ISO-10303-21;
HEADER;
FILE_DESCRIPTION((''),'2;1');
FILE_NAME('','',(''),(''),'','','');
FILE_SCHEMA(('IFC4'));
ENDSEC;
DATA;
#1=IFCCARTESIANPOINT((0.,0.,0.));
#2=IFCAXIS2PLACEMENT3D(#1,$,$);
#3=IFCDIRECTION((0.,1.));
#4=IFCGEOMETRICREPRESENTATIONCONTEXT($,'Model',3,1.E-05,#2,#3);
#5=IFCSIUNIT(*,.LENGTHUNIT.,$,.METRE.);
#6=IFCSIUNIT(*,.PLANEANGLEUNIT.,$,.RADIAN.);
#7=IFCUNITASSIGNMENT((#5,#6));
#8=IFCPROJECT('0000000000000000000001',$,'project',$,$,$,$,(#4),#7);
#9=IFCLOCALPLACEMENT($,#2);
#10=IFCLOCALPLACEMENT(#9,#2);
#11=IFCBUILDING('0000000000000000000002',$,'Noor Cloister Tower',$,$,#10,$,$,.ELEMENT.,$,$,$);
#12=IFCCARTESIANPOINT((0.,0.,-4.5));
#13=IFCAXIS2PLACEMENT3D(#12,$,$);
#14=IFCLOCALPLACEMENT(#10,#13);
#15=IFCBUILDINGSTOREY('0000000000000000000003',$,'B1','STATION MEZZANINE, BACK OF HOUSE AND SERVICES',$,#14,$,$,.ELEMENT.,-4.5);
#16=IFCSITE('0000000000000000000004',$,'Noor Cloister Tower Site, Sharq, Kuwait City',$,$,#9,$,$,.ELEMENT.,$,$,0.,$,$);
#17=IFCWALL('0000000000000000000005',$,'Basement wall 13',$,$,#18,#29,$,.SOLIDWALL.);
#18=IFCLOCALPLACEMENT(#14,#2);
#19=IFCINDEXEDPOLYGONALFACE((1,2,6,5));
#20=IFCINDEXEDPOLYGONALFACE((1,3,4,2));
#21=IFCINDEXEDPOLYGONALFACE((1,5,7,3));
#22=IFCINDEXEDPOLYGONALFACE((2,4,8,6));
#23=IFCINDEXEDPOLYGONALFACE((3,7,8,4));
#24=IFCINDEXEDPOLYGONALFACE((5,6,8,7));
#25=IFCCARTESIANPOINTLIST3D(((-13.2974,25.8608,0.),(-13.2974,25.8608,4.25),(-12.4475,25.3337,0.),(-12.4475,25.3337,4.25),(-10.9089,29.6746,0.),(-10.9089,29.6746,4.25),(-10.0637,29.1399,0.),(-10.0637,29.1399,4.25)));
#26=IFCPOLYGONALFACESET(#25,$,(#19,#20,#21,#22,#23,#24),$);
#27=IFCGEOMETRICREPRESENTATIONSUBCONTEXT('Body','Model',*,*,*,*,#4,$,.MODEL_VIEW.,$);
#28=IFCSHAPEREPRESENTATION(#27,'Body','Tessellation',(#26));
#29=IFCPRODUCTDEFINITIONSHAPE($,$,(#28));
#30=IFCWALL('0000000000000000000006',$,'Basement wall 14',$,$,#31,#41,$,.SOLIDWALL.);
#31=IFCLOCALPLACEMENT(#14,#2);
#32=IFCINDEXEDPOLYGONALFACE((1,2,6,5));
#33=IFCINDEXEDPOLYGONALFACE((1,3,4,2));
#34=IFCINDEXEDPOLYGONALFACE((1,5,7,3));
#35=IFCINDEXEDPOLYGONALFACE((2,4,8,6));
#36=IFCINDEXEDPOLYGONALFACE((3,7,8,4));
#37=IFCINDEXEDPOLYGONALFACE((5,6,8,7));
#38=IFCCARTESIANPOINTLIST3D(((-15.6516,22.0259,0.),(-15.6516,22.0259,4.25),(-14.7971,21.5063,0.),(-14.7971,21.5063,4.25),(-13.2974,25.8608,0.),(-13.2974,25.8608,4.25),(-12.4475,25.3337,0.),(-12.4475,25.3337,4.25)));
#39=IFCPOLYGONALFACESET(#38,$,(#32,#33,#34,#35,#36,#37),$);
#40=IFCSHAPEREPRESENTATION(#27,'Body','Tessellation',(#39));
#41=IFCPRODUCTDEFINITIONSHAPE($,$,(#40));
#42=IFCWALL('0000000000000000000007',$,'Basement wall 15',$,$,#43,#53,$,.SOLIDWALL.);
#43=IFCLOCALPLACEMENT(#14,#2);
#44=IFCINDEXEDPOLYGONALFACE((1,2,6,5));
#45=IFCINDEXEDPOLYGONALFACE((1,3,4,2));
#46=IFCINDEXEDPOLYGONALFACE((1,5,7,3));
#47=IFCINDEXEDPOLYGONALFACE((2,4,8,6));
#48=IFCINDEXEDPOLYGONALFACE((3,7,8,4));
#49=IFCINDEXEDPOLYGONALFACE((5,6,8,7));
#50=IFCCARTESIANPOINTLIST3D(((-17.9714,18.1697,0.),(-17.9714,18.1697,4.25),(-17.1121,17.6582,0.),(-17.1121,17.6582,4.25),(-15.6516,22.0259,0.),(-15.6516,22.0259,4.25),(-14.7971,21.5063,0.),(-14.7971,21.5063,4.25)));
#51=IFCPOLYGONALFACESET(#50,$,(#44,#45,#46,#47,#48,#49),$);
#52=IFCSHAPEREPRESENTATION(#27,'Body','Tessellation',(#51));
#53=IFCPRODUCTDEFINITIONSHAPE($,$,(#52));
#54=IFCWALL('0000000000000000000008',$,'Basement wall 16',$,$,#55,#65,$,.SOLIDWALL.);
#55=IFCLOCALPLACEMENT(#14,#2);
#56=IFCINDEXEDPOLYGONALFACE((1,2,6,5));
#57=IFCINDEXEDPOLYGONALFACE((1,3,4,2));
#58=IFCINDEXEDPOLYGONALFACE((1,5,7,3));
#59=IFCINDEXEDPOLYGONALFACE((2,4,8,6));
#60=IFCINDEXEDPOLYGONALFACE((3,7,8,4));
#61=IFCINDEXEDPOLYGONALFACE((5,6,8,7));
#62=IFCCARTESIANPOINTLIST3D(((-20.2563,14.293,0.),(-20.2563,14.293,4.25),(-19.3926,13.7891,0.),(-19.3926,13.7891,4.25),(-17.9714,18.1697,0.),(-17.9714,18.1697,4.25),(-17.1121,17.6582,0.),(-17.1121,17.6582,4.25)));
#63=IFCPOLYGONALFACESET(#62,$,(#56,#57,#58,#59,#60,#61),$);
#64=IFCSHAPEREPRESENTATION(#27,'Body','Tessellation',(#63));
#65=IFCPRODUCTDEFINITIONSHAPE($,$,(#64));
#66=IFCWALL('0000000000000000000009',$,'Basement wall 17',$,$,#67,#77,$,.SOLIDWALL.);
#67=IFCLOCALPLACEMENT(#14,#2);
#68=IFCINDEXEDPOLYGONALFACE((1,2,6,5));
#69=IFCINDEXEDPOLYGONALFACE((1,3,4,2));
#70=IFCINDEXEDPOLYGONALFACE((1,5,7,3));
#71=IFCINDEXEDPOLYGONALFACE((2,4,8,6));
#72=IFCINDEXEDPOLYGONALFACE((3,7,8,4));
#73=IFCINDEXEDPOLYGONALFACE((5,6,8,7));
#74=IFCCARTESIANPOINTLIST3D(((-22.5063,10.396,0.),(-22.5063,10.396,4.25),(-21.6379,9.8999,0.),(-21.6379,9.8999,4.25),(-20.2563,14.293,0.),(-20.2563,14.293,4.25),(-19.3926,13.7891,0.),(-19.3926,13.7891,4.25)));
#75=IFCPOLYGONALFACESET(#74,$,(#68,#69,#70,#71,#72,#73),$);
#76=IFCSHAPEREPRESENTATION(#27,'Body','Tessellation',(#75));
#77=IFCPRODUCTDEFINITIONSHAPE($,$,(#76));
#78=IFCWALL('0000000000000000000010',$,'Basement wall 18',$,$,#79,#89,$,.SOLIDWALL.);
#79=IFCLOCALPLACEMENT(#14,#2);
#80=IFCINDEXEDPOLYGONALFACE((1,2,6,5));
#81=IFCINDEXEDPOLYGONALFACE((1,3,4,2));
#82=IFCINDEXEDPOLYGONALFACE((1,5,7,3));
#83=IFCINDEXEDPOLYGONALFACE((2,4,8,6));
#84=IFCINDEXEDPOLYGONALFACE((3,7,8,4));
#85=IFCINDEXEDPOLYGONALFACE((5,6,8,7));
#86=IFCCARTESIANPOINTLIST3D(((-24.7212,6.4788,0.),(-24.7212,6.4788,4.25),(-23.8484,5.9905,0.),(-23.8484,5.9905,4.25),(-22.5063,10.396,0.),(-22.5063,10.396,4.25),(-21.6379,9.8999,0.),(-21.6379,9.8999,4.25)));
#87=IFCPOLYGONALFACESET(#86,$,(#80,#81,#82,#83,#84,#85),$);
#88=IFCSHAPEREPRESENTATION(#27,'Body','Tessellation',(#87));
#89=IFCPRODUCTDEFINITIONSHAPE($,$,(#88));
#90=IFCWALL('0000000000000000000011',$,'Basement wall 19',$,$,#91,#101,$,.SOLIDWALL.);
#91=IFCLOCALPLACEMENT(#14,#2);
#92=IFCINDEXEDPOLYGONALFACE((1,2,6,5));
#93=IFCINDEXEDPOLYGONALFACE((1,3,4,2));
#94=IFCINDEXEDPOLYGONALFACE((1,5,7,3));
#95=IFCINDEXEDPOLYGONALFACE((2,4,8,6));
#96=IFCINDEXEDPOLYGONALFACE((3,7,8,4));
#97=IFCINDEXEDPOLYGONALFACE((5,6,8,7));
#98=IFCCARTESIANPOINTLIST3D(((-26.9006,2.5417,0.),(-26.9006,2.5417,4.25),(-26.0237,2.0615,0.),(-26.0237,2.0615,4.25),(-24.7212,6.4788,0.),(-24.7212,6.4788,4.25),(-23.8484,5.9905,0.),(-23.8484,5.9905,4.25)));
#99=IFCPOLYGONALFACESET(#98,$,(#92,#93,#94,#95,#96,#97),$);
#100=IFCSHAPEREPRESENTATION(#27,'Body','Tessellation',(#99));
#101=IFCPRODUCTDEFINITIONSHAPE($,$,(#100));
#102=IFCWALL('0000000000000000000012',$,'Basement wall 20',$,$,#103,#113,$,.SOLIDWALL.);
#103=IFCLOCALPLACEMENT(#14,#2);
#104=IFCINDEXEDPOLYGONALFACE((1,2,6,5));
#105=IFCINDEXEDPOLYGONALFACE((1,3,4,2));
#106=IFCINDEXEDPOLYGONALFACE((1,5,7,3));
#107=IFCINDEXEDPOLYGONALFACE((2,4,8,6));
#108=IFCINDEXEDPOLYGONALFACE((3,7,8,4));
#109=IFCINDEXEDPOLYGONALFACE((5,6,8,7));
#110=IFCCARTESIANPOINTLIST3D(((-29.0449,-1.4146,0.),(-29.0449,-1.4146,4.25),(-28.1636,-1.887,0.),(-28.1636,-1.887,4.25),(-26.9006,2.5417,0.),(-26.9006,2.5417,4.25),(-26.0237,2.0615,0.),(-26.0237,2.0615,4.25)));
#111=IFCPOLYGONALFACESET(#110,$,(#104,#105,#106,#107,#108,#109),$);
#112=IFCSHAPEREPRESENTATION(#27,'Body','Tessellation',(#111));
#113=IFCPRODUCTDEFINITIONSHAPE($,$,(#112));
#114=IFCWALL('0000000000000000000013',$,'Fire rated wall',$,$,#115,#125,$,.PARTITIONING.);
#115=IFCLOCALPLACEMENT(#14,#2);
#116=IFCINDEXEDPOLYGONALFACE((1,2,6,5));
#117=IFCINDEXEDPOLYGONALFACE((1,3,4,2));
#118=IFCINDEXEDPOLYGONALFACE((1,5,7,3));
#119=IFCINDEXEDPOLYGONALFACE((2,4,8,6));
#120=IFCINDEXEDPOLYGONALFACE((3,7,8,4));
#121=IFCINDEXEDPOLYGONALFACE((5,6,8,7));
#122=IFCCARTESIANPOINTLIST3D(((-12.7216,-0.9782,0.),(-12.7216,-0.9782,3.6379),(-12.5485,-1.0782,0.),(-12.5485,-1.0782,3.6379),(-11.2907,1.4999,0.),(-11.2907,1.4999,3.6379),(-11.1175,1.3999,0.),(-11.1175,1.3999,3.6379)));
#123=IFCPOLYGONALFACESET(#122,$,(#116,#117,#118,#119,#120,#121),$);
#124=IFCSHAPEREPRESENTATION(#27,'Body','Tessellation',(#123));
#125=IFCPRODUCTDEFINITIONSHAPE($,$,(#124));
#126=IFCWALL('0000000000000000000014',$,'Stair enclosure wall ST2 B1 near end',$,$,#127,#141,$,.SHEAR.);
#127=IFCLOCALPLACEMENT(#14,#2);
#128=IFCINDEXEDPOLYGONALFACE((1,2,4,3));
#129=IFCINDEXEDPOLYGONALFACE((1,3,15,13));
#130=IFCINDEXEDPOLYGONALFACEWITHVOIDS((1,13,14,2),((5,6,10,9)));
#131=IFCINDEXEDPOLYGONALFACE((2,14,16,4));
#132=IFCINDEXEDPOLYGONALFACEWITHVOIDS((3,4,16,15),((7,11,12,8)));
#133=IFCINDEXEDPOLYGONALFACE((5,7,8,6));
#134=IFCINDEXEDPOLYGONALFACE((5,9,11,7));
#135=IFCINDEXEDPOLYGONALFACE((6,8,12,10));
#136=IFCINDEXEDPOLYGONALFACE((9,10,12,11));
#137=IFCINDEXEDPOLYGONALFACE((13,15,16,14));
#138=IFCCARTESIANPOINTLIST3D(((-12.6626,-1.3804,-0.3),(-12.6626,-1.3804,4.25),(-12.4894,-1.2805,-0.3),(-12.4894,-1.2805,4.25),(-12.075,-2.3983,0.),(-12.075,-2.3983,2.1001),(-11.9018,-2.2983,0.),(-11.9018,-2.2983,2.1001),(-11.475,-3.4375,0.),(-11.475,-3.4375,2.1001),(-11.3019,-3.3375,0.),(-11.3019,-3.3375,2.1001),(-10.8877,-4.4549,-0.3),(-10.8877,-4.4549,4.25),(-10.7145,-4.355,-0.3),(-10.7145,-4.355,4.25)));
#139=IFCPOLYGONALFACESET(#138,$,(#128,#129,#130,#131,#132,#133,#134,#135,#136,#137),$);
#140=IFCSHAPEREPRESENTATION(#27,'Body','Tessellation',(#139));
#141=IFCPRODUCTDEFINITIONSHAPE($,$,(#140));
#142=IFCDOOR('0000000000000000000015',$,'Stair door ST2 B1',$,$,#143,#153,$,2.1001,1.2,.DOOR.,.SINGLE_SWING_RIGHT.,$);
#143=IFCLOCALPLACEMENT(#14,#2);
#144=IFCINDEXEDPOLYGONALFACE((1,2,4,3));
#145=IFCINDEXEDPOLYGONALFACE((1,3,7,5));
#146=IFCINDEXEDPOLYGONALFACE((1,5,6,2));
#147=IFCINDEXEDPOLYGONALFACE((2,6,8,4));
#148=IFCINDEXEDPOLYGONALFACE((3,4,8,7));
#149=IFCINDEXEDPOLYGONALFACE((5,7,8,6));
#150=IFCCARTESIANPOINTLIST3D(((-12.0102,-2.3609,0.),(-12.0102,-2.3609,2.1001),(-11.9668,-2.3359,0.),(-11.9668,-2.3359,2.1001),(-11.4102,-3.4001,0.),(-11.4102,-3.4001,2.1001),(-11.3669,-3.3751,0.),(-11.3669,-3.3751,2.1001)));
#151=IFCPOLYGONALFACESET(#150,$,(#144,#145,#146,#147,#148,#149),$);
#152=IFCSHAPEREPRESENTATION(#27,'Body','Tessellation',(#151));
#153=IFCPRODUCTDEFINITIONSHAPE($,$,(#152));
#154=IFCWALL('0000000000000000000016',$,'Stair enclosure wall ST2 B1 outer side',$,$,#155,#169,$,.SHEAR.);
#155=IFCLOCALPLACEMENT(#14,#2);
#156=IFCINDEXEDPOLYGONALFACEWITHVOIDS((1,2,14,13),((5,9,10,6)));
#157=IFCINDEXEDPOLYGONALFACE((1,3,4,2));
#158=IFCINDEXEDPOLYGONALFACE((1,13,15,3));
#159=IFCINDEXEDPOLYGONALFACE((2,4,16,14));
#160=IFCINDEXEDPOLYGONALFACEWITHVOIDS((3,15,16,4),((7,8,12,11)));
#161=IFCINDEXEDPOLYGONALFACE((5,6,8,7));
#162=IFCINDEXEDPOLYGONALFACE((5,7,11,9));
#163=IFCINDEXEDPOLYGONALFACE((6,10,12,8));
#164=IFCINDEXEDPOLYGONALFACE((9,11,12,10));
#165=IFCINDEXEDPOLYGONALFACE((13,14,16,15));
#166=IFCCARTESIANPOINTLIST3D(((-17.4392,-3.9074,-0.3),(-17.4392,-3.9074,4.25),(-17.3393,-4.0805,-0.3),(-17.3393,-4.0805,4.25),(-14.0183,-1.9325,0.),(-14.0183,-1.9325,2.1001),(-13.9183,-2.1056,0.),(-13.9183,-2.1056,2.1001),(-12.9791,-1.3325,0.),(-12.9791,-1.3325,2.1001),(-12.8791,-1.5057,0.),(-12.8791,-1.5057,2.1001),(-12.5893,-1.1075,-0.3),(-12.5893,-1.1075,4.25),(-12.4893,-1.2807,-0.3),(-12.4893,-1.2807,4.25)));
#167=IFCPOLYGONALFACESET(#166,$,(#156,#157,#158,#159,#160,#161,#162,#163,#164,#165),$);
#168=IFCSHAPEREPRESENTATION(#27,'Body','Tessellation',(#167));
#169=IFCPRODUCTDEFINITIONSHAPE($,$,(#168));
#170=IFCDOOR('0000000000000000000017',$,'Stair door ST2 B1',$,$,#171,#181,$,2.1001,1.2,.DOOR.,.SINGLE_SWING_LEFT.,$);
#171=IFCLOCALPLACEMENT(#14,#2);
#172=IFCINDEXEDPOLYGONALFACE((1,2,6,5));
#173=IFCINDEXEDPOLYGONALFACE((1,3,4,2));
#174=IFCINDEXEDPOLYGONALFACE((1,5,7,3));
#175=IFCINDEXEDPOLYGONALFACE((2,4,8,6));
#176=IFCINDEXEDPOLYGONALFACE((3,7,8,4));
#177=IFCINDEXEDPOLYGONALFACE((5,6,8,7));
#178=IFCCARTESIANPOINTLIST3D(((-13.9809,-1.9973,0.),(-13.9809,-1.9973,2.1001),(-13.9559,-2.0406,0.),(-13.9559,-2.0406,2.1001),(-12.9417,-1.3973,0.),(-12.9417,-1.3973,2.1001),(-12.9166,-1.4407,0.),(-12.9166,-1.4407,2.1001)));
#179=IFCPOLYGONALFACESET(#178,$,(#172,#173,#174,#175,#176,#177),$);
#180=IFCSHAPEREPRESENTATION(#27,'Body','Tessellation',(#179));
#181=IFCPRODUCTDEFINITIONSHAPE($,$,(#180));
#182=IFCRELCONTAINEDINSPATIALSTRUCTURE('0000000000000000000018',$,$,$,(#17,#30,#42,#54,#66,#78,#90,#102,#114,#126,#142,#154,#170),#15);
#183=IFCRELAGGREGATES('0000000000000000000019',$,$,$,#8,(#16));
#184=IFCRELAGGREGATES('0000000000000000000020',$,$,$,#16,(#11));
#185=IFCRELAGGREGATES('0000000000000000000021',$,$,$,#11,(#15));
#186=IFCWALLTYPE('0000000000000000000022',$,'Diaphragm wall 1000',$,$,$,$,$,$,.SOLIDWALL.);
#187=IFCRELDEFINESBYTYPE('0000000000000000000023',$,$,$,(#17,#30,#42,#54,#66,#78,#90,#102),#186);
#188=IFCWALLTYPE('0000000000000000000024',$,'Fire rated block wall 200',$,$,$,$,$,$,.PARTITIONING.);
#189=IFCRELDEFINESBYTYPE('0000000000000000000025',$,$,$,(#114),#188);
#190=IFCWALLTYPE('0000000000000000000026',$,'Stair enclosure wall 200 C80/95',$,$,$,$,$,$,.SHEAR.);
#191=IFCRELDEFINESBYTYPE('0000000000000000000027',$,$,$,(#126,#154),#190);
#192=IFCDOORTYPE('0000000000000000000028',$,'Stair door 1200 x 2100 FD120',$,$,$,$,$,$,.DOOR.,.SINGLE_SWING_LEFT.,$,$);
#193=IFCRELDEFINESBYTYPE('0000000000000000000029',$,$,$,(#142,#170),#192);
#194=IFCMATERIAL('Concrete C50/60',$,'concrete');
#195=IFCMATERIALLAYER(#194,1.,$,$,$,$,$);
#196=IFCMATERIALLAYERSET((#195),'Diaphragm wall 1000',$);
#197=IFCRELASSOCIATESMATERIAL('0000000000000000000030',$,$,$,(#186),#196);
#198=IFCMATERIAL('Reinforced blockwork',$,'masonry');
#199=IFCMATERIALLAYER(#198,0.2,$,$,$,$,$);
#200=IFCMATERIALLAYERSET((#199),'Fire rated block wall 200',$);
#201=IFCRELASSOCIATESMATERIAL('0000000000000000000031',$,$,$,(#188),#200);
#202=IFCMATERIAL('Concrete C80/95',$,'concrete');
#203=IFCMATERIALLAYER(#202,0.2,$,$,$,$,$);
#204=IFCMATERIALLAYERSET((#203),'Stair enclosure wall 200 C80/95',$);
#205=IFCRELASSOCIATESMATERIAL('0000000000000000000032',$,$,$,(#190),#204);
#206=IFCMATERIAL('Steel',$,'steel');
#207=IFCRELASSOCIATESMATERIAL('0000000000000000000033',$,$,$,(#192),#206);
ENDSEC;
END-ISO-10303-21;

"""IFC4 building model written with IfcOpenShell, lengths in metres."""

from ifc_helpers import new_model, si_unit, direction, frame, frame_2d, origin, place, context, subcontext, project, spatial, polyline, rectangle, outline, extrude, material, layer, layer_set, type_object, element, fill, save


model = new_model("IFC4")

# Units and contexts
model_context = context("Model", 3, precision=1e-05, world=origin(), true_north=direction((0.0, 1.0)))
body_context = subcontext(model_context, "Body", "Model", "MODEL_VIEW")
ifc_project = project(units=[si_unit("LENGTHUNIT", "METRE"), si_unit("PLANEANGLEUNIT", "RADIAN")], contexts=[model_context])

# Site, building, storey
site_placement = place(None, origin())
site = spatial("IfcSite", under=ifc_project, at=site_placement, Name="Noor Cloister Tower Site, Sharq, Kuwait City", CompositionType="ELEMENT", RefElevation=0.0)
building_placement = place(site_placement, origin())
building = spatial("IfcBuilding", under=site, at=building_placement, Name="Noor Cloister Tower", CompositionType="ELEMENT")
storey_placement = place(building_placement, frame((0.0, 0.0, -4.5)))
storey = spatial("IfcBuildingStorey", under=building, at=storey_placement, Name="B1", Description="STATION MEZZANINE, BACK OF HOUSE AND SERVICES", CompositionType="ELEMENT", Elevation=-4.5)

# Walls
ifc_material_1 = material(Name="Concrete C50/60", Category="concrete")
ifc_layer_1 = layer(ifc_material_1, 1.0)
ifc_layer_set_1 = layer_set([ifc_layer_1], Name="Diaphragm wall 1000")
wall_type_1 = type_object("IfcWallType", Name="Diaphragm wall 1000", PredefinedType="SOLIDWALL", material=ifc_layer_set_1)
wall_1_placement = place(storey_placement, origin())
element("IfcWall", 1, at=wall_1_placement, inside=storey, type_object=wall_type_1, Name="Basement wall 13", PredefinedType="SOLIDWALL", context=body_context, shape_type="SweptSolid", body=[
    extrude(outline(polyline([(-10.9089, 29.6746), (-13.2974, 25.8608), (-12.4475, 25.3337), (-10.0637, 29.1399), (-10.9089, 29.6746)])), origin(), (0.0, 0.0, 1.0), 4.25),
])
wall_2_placement = place(storey_placement, origin())
element("IfcWall", 2, at=wall_2_placement, inside=storey, type_object=wall_type_1, Name="Basement wall 14", PredefinedType="SOLIDWALL", context=body_context, shape_type="SweptSolid", body=[
    extrude(outline(polyline([(-13.2974, 25.8608), (-15.6516, 22.0259), (-14.7971, 21.5063), (-12.4475, 25.3337), (-13.2974, 25.8608)])), origin(), (0.0, 0.0, 1.0), 4.25),
])
wall_3_placement = place(storey_placement, origin())
element("IfcWall", 3, at=wall_3_placement, inside=storey, type_object=wall_type_1, Name="Basement wall 15", PredefinedType="SOLIDWALL", context=body_context, shape_type="SweptSolid", body=[
    extrude(outline(polyline([(-15.6516, 22.0259), (-17.9714, 18.1697), (-17.1121, 17.6582), (-14.7971, 21.5063), (-15.6516, 22.0259)])), origin(), (0.0, 0.0, 1.0), 4.25),
])
wall_4_placement = place(storey_placement, origin())
element("IfcWall", 4, at=wall_4_placement, inside=storey, type_object=wall_type_1, Name="Basement wall 16", PredefinedType="SOLIDWALL", context=body_context, shape_type="SweptSolid", body=[
    extrude(outline(polyline([(-17.9714, 18.1697), (-20.2563, 14.293), (-19.3926, 13.7891), (-17.1121, 17.6582), (-17.9714, 18.1697)])), origin(), (0.0, 0.0, 1.0), 4.25),
])
wall_5_placement = place(storey_placement, origin())
element("IfcWall", 5, at=wall_5_placement, inside=storey, type_object=wall_type_1, Name="Basement wall 17", PredefinedType="SOLIDWALL", context=body_context, shape_type="SweptSolid", body=[
    extrude(outline(polyline([(-20.2563, 14.293), (-22.5063, 10.396), (-21.6379, 9.8999), (-19.3926, 13.7891), (-20.2563, 14.293)])), origin(), (0.0, 0.0, 1.0), 4.25),
])
wall_6_placement = place(storey_placement, origin())
element("IfcWall", 6, at=wall_6_placement, inside=storey, type_object=wall_type_1, Name="Basement wall 18", PredefinedType="SOLIDWALL", context=body_context, shape_type="SweptSolid", body=[
    extrude(outline(polyline([(-22.5063, 10.396), (-24.7212, 6.4788), (-23.8484, 5.9905), (-21.6379, 9.8999), (-22.5063, 10.396)])), origin(), (0.0, 0.0, 1.0), 4.25),
])
wall_7_placement = place(storey_placement, origin())
element("IfcWall", 7, at=wall_7_placement, inside=storey, type_object=wall_type_1, Name="Basement wall 19", PredefinedType="SOLIDWALL", context=body_context, shape_type="SweptSolid", body=[
    extrude(outline(polyline([(-24.7212, 6.4788), (-26.9006, 2.5417), (-26.0237, 2.0615), (-23.8484, 5.9905), (-24.7212, 6.4788)])), origin(), (0.0, 0.0, 1.0), 4.25),
])
wall_8_placement = place(storey_placement, origin())
element("IfcWall", 8, at=wall_8_placement, inside=storey, type_object=wall_type_1, Name="Basement wall 20", PredefinedType="SOLIDWALL", context=body_context, shape_type="SweptSolid", body=[
    extrude(outline(polyline([(-26.9006, 2.5417), (-29.0449, -1.4146), (-28.1636, -1.887), (-26.0237, 2.0615), (-26.9006, 2.5417)])), origin(), (0.0, 0.0, 1.0), 4.25),
])
ifc_material_2 = material(Name="Reinforced blockwork", Category="masonry")
ifc_layer_2 = layer(ifc_material_2, 0.2)
ifc_layer_set_2 = layer_set([ifc_layer_2], Name="Fire rated block wall 200")
wall_type_2 = type_object("IfcWallType", Name="Fire rated block wall 200", PredefinedType="PARTITIONING", material=ifc_layer_set_2)
wall_9_placement = place(storey_placement, frame((-12.635, -1.0281, 0.0), z_axis=(0.0, 0.0, 1.0), x_axis=(0.500057, 0.865992, 0.0)))
element("IfcWall", 9, at=wall_9_placement, inside=storey, type_object=wall_type_2, Name="Fire rated wall", PredefinedType="PARTITIONING", context=body_context, shape_type="SweptSolid", body=[
    extrude(rectangle(XDim=2.8616, YDim=0.2, at=frame_2d((1.4307, 0.0))), origin(), (0.0, 0.0, 1.0), 3.6379),
])

# Walls, openings, doors
ifc_material_3 = material(Name="Concrete C80/95", Category="concrete")
ifc_layer_3 = layer(ifc_material_3, 0.2)
ifc_layer_set_3 = layer_set([ifc_layer_3], Name="Stair enclosure wall 200 C80/95")
wall_type_3 = type_object("IfcWallType", Name="Stair enclosure wall 200 C80/95", PredefinedType="SHEAR", material=ifc_layer_set_3)
wall_10_placement = place(storey_placement, frame((-12.5759, -1.3306, -0.3), z_axis=(0.0, 0.0, 1.0), x_axis=(0.49997, -0.866042, 0.0)))
wall_10 = element("IfcWall", 10, at=wall_10_placement, inside=storey, type_object=wall_type_3, Name="Stair enclosure wall ST2 B1 near end", PredefinedType="SHEAR", context=body_context, shape_type="SweptSolid", body=[
    extrude(rectangle(XDim=3.55, YDim=0.2, at=frame_2d((1.7749, 0.0))), origin(), (0.0, 0.0, 1.0), 4.55),
])
opening_1_placement = place(wall_10_placement, frame((1.175, 0.0, 0.3)))
opening_1 = element("IfcOpeningElement", 11, at=opening_1_placement, cuts=wall_10, PredefinedType="OPENING", context=body_context, shape_type="SweptSolid", body=[
    extrude(rectangle(XDim=1.2, YDim=2.1001, at=frame_2d((0.6001, 1.05))), frame((0.0, 0.1099, 0.0), z_axis=(0.0, -1.0, 0.0), x_axis=(1.0, 0.0, 0.0)), (0.0, 0.0, 1.0), 0.22),
])
ifc_material_4 = material(Name="Steel", Category="steel")
door_type_1 = type_object("IfcDoorType", Name="Stair door 1200 x 2100 FD120", OperationType="SINGLE_SWING_LEFT", PredefinedType="DOOR", material=ifc_material_4)
door_1_placement = place(opening_1_placement, origin())
door_1 = element("IfcDoor", 12, at=door_1_placement, inside=storey, type_object=door_type_1, Name="Stair door ST2 B1", OperationType="SINGLE_SWING_RIGHT", OverallHeight=2.1001, OverallWidth=1.2, PredefinedType="DOOR", context=body_context, shape_type="SweptSolid", body=[
    extrude(rectangle(XDim=1.2, YDim=2.1001, at=frame_2d((0.6001, 1.05))), frame((0.0, 0.0249, 0.0), z_axis=(0.0, -1.0, 0.0), x_axis=(1.0, 0.0, 0.0)), (0.0, 0.0, 1.0), 0.05),
])
fill(opening_1, door_1)
wall_11_placement = place(storey_placement, frame((-12.5393, -1.1941, -0.3), z_axis=(0.0, 0.0, 1.0), x_axis=(-0.866045, -0.499965, 0.0)))
wall_11 = element("IfcWall", 13, at=wall_11_placement, inside=storey, type_object=wall_type_3, Name="Stair enclosure wall ST2 B1 outer side", PredefinedType="SHEAR", context=body_context, shape_type="SweptSolid", body=[
    extrude(rectangle(XDim=5.6001, YDim=0.2, at=frame_2d((2.8, 0.0))), origin(), (0.0, 0.0, 1.0), 4.55),
])
opening_2_placement = place(wall_11_placement, frame((0.45, 0.0, 0.3)))
opening_2 = element("IfcOpeningElement", 14, at=opening_2_placement, cuts=wall_11, PredefinedType="OPENING", context=body_context, shape_type="SweptSolid", body=[
    extrude(rectangle(XDim=1.2, YDim=2.1001, at=frame_2d((0.6001, 1.05))), frame((0.0, 0.1099, 0.0), z_axis=(0.0, -1.0, 0.0), x_axis=(1.0, 0.0, 0.0)), (0.0, 0.0, 1.0), 0.22),
])
door_2_placement = place(opening_2_placement, origin())
door_2 = element("IfcDoor", 15, at=door_2_placement, inside=storey, type_object=door_type_1, Name="Stair door ST2 B1", OperationType="SINGLE_SWING_LEFT", OverallHeight=2.1001, OverallWidth=1.2, PredefinedType="DOOR", context=body_context, shape_type="SweptSolid", body=[
    extrude(rectangle(XDim=1.2, YDim=2.1001, at=frame_2d((0.6001, 1.05))), frame((0.0, 0.0249, 0.0), z_axis=(0.0, -1.0, 0.0), x_axis=(1.0, 0.0, 0.0)), (0.0, 0.0, 1.0), 0.05),
])
fill(opening_2, door_2)

save(model, "model.ifc")
